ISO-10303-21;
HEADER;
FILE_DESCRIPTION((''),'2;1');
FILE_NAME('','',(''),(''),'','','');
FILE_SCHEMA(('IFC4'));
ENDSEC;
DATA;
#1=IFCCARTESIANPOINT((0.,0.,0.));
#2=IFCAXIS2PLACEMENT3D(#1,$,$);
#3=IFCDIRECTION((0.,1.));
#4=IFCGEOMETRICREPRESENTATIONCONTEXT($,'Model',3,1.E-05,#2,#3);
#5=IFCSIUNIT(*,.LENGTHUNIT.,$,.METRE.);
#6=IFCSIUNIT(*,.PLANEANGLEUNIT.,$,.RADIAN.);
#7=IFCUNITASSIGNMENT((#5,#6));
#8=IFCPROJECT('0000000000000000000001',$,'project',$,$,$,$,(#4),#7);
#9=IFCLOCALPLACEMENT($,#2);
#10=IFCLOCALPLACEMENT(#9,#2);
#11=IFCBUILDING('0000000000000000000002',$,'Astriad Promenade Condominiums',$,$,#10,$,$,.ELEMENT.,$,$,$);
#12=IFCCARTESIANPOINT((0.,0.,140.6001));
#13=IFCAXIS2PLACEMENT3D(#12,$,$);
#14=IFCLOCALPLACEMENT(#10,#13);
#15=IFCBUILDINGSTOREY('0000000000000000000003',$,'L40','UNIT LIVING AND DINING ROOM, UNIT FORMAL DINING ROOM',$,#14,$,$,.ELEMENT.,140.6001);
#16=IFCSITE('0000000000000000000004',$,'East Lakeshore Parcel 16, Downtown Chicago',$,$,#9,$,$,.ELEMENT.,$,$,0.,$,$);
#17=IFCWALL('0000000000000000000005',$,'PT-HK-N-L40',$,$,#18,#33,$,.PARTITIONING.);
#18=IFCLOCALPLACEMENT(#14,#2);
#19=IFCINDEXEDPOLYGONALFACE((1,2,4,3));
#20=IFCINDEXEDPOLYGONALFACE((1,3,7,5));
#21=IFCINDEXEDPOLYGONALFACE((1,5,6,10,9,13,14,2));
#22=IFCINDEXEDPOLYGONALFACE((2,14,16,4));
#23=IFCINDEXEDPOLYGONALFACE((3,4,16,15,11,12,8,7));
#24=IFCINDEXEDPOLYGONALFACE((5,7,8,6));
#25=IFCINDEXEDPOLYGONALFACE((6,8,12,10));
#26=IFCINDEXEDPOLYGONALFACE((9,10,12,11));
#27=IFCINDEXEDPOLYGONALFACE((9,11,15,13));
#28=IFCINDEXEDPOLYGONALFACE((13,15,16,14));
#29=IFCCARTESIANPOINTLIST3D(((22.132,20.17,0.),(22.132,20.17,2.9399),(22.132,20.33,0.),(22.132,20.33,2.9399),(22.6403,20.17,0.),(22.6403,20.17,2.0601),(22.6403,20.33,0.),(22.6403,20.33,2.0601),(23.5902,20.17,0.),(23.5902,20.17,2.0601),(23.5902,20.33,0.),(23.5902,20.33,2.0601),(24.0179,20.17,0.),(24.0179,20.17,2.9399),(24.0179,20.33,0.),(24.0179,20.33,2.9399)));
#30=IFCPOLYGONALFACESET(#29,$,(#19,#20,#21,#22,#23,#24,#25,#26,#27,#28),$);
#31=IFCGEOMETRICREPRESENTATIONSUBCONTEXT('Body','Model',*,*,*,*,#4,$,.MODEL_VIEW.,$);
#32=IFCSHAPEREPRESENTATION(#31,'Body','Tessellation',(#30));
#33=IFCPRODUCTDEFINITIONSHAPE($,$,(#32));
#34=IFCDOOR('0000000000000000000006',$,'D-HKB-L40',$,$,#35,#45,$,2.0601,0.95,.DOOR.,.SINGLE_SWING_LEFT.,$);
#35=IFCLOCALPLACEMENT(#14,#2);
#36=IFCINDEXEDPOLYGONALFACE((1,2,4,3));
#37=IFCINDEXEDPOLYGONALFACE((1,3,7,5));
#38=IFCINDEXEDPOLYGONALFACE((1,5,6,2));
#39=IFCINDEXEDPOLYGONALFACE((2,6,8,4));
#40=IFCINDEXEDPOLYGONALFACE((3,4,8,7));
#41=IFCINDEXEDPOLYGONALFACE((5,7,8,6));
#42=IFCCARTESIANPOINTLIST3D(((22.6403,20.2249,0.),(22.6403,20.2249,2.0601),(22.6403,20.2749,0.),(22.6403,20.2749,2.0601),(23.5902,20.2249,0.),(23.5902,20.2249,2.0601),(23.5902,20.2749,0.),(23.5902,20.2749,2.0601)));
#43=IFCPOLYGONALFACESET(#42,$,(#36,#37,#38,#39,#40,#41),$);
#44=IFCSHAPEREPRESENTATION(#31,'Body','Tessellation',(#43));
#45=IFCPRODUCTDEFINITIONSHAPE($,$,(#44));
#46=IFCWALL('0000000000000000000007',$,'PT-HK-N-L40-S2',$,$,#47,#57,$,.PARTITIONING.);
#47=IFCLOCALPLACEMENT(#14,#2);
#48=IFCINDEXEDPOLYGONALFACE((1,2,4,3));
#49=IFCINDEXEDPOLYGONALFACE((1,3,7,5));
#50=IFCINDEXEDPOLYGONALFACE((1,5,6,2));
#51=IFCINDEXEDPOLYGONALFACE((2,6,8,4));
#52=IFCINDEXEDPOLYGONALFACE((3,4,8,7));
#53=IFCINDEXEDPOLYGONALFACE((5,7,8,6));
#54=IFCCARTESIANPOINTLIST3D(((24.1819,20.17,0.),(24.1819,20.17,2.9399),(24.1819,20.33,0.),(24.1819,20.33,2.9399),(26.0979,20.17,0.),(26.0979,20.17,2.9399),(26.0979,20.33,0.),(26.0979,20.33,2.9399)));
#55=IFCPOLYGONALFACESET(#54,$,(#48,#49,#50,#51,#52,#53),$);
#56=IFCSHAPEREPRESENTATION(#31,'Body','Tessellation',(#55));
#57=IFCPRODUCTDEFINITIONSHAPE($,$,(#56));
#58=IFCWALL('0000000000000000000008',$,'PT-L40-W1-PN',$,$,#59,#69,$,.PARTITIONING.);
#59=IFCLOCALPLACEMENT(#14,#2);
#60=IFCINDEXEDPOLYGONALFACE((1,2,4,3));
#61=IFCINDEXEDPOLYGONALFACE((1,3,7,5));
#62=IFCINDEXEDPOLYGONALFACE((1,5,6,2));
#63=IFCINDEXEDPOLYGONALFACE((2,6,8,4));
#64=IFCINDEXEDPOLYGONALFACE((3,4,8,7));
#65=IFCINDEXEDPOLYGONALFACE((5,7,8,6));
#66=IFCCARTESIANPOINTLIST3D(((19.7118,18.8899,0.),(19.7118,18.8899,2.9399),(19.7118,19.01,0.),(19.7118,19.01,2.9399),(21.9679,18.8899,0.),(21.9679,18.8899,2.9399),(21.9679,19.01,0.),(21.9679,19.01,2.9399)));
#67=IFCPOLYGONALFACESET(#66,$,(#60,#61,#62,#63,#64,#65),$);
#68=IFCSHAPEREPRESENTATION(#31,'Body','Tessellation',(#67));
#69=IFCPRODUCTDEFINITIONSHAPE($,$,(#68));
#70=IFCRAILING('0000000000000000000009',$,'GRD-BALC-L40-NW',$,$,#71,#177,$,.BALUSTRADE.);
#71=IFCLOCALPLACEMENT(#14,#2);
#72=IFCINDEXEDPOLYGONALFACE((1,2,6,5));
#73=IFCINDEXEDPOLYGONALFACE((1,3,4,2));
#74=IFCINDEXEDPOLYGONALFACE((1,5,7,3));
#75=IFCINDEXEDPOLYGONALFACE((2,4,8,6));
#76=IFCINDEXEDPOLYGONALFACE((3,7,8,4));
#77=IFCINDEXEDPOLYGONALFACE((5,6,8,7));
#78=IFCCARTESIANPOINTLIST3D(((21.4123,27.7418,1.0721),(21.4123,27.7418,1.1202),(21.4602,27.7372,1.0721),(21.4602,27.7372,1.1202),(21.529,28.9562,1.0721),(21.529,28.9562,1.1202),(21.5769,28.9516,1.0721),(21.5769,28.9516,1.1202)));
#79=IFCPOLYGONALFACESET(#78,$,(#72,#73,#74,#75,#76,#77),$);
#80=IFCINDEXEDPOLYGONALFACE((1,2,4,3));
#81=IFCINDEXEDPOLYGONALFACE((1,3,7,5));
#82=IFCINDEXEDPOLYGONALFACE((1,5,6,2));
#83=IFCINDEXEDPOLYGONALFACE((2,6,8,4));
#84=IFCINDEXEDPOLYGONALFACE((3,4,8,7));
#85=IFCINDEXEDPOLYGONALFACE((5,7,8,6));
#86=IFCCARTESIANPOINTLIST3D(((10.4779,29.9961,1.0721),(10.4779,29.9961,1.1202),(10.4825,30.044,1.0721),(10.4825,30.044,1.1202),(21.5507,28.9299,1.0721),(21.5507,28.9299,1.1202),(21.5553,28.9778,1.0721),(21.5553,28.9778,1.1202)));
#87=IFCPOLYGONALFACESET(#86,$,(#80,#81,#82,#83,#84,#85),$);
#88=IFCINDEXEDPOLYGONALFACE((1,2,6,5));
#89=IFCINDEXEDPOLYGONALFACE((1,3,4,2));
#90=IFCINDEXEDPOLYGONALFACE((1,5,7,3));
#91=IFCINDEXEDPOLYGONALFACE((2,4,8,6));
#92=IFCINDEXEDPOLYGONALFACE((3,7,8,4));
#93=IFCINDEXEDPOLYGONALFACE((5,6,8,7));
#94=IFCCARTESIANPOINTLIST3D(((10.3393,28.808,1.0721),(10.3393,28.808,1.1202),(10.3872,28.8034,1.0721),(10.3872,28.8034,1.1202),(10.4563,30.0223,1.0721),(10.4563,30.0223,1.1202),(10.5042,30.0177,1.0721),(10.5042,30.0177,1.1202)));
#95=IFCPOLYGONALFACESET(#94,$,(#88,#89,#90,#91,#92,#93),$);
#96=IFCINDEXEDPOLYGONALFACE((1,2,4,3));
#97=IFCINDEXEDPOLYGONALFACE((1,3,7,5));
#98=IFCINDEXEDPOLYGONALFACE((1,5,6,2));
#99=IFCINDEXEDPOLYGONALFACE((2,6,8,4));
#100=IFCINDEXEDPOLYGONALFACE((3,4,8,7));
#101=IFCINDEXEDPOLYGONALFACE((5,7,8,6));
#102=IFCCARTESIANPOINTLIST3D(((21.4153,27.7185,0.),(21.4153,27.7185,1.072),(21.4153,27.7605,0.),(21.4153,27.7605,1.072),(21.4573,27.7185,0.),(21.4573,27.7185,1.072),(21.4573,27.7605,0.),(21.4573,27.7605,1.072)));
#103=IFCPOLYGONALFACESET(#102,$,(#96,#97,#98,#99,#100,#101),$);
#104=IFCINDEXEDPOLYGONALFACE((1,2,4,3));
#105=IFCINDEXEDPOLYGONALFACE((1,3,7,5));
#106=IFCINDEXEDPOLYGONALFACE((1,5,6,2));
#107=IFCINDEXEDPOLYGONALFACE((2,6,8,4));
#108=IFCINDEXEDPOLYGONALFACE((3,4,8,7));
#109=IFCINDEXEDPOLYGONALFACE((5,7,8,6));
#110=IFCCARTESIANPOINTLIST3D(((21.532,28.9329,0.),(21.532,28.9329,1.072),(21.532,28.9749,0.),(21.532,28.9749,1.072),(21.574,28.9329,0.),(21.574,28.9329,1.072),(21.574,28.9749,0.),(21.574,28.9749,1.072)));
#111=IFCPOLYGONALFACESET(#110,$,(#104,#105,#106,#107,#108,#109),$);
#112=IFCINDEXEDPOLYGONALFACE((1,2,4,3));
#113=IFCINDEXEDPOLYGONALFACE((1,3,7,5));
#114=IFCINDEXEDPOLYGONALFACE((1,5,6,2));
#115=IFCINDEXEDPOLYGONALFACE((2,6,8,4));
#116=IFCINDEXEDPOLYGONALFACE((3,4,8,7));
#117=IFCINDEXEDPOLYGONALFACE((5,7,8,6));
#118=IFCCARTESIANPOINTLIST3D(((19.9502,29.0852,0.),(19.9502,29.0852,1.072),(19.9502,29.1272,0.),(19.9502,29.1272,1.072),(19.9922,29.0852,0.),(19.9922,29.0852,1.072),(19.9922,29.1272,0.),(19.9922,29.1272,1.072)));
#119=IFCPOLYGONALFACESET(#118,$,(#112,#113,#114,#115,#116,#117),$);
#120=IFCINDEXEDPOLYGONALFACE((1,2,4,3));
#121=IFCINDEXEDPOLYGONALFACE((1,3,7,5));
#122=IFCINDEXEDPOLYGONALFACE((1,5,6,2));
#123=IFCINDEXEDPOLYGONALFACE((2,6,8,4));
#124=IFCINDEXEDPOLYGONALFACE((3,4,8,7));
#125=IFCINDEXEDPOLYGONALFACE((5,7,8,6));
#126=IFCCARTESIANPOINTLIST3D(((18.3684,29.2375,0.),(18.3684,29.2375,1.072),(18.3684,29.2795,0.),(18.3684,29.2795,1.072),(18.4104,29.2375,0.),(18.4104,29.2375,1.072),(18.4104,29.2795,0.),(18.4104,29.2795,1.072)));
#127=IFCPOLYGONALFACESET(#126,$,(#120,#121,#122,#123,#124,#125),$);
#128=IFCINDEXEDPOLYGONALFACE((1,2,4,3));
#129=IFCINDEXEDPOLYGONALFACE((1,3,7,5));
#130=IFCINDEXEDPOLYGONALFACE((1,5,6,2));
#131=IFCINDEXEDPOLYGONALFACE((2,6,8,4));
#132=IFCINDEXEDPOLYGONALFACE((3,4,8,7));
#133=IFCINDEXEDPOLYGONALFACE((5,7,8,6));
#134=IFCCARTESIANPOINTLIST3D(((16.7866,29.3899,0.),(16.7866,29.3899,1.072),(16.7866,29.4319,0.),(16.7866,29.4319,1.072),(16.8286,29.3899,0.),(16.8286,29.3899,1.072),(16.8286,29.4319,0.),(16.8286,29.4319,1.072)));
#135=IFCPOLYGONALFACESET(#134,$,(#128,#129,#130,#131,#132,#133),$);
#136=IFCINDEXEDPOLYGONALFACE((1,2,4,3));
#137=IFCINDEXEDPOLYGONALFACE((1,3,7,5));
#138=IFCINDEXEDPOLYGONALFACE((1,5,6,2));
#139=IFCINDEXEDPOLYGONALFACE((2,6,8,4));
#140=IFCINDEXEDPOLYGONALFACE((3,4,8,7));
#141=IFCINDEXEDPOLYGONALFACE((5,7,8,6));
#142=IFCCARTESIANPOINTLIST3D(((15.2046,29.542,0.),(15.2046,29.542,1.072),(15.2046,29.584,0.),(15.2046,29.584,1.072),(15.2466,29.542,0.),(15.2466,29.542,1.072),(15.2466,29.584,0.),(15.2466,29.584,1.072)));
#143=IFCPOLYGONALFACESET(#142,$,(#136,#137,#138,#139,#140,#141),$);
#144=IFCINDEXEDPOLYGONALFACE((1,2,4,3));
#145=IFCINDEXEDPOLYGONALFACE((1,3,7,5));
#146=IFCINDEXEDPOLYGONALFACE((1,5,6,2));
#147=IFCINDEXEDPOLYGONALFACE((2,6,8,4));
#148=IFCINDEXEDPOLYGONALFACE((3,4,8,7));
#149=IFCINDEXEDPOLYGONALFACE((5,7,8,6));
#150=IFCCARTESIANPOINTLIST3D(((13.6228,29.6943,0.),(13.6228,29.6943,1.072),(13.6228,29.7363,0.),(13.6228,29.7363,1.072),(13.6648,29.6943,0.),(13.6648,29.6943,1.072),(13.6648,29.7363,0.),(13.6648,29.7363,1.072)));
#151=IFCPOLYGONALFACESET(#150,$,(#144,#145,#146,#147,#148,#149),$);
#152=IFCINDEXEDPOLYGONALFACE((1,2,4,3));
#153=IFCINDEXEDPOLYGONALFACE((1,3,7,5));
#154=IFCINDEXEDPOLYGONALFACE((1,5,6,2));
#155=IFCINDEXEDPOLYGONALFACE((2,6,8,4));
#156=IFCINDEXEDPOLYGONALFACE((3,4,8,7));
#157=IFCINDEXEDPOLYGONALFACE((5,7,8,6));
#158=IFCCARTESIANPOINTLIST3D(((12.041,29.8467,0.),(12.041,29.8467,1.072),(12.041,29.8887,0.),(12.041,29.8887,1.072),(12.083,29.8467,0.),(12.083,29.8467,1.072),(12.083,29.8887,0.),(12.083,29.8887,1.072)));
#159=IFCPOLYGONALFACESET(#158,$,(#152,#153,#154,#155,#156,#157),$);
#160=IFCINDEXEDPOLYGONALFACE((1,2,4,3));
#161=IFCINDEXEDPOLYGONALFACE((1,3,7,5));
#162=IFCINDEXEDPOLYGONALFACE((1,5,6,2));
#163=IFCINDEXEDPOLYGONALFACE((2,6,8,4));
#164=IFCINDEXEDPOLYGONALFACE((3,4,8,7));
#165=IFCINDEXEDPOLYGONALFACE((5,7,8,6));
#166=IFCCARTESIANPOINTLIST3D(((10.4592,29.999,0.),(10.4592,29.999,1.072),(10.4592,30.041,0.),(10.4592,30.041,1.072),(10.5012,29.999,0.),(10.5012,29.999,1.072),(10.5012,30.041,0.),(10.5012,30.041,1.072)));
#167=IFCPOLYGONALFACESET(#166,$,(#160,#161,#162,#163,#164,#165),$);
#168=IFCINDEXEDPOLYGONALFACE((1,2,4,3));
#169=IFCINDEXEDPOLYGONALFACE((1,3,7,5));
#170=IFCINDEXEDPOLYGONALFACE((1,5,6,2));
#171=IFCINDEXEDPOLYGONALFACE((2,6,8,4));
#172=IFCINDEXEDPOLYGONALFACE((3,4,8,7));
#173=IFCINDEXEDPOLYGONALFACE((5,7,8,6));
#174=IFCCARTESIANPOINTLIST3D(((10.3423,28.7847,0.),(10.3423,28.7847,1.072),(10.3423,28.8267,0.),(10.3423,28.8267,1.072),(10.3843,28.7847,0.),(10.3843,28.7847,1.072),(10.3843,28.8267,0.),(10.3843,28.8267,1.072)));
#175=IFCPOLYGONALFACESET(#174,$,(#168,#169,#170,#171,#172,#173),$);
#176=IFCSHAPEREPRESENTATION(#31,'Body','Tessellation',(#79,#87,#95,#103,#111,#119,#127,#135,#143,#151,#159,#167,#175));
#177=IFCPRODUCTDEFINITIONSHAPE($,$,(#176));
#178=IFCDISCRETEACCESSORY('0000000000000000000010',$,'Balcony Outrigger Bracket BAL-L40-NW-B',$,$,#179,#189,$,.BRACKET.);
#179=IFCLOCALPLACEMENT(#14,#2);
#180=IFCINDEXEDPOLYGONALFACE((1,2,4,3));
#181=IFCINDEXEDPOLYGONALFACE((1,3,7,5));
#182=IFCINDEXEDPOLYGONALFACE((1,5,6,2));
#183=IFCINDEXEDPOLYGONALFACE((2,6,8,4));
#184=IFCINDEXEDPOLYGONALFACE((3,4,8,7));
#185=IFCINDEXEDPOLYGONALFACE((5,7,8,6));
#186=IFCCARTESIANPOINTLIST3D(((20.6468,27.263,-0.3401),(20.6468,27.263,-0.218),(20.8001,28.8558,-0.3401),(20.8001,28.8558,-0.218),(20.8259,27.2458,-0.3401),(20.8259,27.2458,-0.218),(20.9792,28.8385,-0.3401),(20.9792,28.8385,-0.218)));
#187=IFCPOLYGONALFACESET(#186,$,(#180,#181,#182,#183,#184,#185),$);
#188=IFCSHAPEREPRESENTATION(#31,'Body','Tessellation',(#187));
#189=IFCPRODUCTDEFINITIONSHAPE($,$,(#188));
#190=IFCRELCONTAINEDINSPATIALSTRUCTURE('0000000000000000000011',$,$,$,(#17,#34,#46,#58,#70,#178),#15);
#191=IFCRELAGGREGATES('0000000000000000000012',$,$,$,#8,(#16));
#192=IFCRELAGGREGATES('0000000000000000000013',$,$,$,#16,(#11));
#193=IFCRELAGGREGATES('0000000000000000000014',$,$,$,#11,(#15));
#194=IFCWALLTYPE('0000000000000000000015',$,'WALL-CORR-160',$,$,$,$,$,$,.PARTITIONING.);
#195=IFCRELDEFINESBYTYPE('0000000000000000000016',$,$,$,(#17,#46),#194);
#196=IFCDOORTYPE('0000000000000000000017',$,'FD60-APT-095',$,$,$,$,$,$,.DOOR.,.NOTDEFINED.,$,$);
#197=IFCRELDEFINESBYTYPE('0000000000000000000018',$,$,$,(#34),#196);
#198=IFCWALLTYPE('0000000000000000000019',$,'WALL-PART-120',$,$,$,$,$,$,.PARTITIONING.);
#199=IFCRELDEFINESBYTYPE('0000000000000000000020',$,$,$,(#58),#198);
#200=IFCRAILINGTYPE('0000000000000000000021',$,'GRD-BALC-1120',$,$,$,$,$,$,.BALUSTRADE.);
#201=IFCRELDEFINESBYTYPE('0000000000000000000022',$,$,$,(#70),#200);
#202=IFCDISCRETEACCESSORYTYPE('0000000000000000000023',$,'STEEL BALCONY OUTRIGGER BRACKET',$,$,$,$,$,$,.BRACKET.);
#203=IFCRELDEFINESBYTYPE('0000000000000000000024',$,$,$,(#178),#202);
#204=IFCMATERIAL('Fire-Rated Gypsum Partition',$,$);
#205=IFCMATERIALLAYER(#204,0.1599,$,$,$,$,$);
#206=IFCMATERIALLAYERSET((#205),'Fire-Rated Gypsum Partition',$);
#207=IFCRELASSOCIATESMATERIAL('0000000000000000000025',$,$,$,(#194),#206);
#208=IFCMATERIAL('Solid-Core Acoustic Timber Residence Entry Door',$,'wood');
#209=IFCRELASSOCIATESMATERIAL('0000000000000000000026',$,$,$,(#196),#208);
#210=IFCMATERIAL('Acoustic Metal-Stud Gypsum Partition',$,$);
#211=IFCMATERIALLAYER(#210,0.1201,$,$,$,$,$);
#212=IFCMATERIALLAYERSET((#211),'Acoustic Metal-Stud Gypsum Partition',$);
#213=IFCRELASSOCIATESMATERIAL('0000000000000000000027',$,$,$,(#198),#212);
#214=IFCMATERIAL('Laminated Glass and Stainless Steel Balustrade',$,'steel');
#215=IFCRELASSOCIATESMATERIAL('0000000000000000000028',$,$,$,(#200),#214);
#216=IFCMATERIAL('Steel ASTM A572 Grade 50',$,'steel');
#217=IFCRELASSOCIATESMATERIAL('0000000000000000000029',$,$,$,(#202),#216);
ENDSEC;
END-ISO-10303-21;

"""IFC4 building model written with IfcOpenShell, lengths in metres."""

from ifc_helpers import new_model, si_unit, direction, frame, frame_2d, origin, origin_2d, place, context, subcontext, project, spatial, rectangle, extrude, source, transform, mapped, material, layer, layer_set, type_object, type_shapes, element, fill, save


model = new_model("IFC4")

# Units and contexts
model_context = context("Model", 3, precision=1e-05, world=origin(), true_north=direction((0.0, 1.0)))
body_context = subcontext(model_context, "Body", "Model", "MODEL_VIEW")
ifc_project = project(units=[si_unit("LENGTHUNIT", "METRE"), si_unit("PLANEANGLEUNIT", "RADIAN")], contexts=[model_context])

# Site, building, storey
site_placement = place(None, origin())
site = spatial("IfcSite", under=ifc_project, at=site_placement, Name="East Lakeshore Parcel 16, Downtown Chicago", CompositionType="ELEMENT", RefElevation=0.0)
building_placement = place(site_placement, origin())
building = spatial("IfcBuilding", under=site, at=building_placement, Name="Astriad Promenade Condominiums", CompositionType="ELEMENT")
storey_placement = place(building_placement, frame((0.0, 0.0, 140.6001)))
storey = spatial("IfcBuildingStorey", under=building, at=storey_placement, Name="L40", Description="UNIT LIVING AND DINING ROOM, UNIT FORMAL DINING ROOM", CompositionType="ELEMENT", Elevation=140.6001)

# Wall, opening, door
ifc_material_1 = material(Name="Fire-Rated Gypsum Partition")
ifc_layer_1 = layer(ifc_material_1, 0.1599)
ifc_layer_set_1 = layer_set([ifc_layer_1], Name="Fire-Rated Gypsum Partition")
wall_type_1 = type_object("IfcWallType", Name="WALL-CORR-160", PredefinedType="PARTITIONING", material=ifc_layer_set_1)
wall_1_placement = place(storey_placement, frame((22.1321, 20.25, 0.0), z_axis=(0.0, 0.0, 1.0), x_axis=(1.0, 0.0, 0.0)))
wall_1 = element("IfcWall", 1, at=wall_1_placement, inside=storey, type_object=wall_type_1, Name="PT-HK-N-L40", PredefinedType="PARTITIONING", context=body_context, shape_type="SweptSolid", body=[
    extrude(rectangle(XDim=1.886, YDim=0.1599, at=frame_2d((0.9429, 0.0))), origin(), (0.0, 0.0, 1.0), 2.9399),
])
opening_1_placement = place(wall_1_placement, frame((0.5081, 0.0, 0.0)))
opening_1 = element("IfcOpeningElement", 2, at=opening_1_placement, cuts=wall_1, PredefinedType="OPENING", context=body_context, shape_type="SweptSolid", body=[
    extrude(rectangle(XDim=0.95, YDim=2.0601, at=frame_2d((0.4751, 1.03))), frame((0.0, 0.0898, 0.0), z_axis=(0.0, -1.0, 0.0), x_axis=(1.0, 0.0, 0.0)), (0.0, 0.0, 1.0), 0.1799),
])
ifc_material_2 = material(Name="Solid-Core Acoustic Timber Residence Entry Door", Category="wood")
door_type_1 = type_object("IfcDoorType", Name="FD60-APT-095", OperationType="NOTDEFINED", PredefinedType="DOOR", material=ifc_material_2)
shared_shape_1 = source(origin(), body_context, "Body", "SweptSolid", [
    extrude(rectangle(XDim=0.95, YDim=2.0601, at=frame_2d((0.4751, 1.03))), frame((0.0, 0.0249, 0.0), z_axis=(0.0, -1.0, 0.0), x_axis=(1.0, 0.0, 0.0)), (0.0, 0.0, 1.0), 0.05),
])
type_shapes(door_type_1, [shared_shape_1])
door_1_placement = place(opening_1_placement, origin())
door_1 = element("IfcDoor", 3, at=door_1_placement, inside=storey, type_object=door_type_1, Name="D-HKB-L40", OperationType="SINGLE_SWING_LEFT", OverallHeight=2.0601, OverallWidth=0.95, PredefinedType="DOOR", context=body_context, shape_type="MappedRepresentation", body=[
    mapped(shared_shape_1, transform((0.0, 0.0, 0.0), scale=1.0)),
])
fill(opening_1, door_1)

# Walls
wall_2_placement = place(storey_placement, frame((24.1819, 20.25, 0.0), z_axis=(0.0, 0.0, 1.0), x_axis=(1.0, 0.0, 0.0)))
element("IfcWall", 4, at=wall_2_placement, inside=storey, type_object=wall_type_1, Name="PT-HK-N-L40-S2", PredefinedType="PARTITIONING", context=body_context, shape_type="SweptSolid", body=[
    extrude(rectangle(XDim=1.916, YDim=0.1599, at=frame_2d((0.958, 0.0))), origin(), (0.0, 0.0, 1.0), 2.9399),
])
ifc_material_3 = material(Name="Acoustic Metal-Stud Gypsum Partition")
ifc_layer_2 = layer(ifc_material_3, 0.1201)
ifc_layer_set_2 = layer_set([ifc_layer_2], Name="Acoustic Metal-Stud Gypsum Partition")
wall_type_2 = type_object("IfcWallType", Name="WALL-PART-120", PredefinedType="PARTITIONING", material=ifc_layer_set_2)
wall_3_placement = place(storey_placement, frame((19.7119, 18.95, 0.0), z_axis=(0.0, 0.0, 1.0), x_axis=(1.0, 0.0, 0.0)))
element("IfcWall", 5, at=wall_3_placement, inside=storey, type_object=wall_type_2, Name="PT-L40-W1-PN", PredefinedType="PARTITIONING", context=body_context, shape_type="SweptSolid", body=[
    extrude(rectangle(XDim=2.2561, YDim=0.1201, at=frame_2d((1.1279, 0.0))), origin(), (0.0, 0.0, 1.0), 2.9399),
])

# Railing
ifc_material_4 = material(Name="Laminated Glass and Stainless Steel Balustrade", Category="steel")
railing_type = type_object("IfcRailingType", Name="GRD-BALC-1120", PredefinedType="BALUSTRADE", material=ifc_material_4)
shared_shape_2 = source(origin(), body_context, "Body", "SweptSolid", [
    extrude(rectangle(XDim=0.0481, YDim=0.0481, at=origin_2d()), frame((0.0, 0.0, 1.0962), z_axis=(0.095659, 0.995414, 0.0), x_axis=(-0.995414, 0.095659, 0.0)), (0.0, 0.0, 1.0), 1.22),
    extrude(rectangle(XDim=0.0481, YDim=0.0481, at=origin_2d()), frame((0.1167, 1.2144, 1.0962), z_axis=(-0.995396, 0.095844, 0.0), x_axis=(-0.095844, -0.995396, 0.0)), (0.0, 0.0, 1.0), 11.124),
    extrude(rectangle(XDim=0.0481, YDim=0.0481, at=origin_2d()), frame((-10.9561, 2.2805, 1.0962), z_axis=(-0.095857, -0.995395, 0.0), x_axis=(0.995395, -0.095857, 0.0)), (0.0, 0.0, 1.0), 1.22),
    extrude(rectangle(XDim=0.042, YDim=0.042, at=origin_2d()), origin(), (0.0, 0.0, 1.0), 1.072),
    extrude(rectangle(XDim=0.042, YDim=0.042, at=origin_2d()), frame((0.1167, 1.2144, 0.0)), (0.0, 0.0, 1.0), 1.072),
    extrude(rectangle(XDim=0.042, YDim=0.042, at=origin_2d()), frame((-1.4651, 1.3667, 0.0)), (0.0, 0.0, 1.0), 1.072),
    extrude(rectangle(XDim=0.042, YDim=0.042, at=origin_2d()), frame((-3.0469, 1.519, 0.0)), (0.0, 0.0, 1.0), 1.072),
    extrude(rectangle(XDim=0.042, YDim=0.042, at=origin_2d()), frame((-4.6287, 1.6714, 0.0)), (0.0, 0.0, 1.0), 1.072),
    extrude(rectangle(XDim=0.042, YDim=0.042, at=origin_2d()), frame((-6.2107, 1.8235, 0.0)), (0.0, 0.0, 1.0), 1.072),
    extrude(rectangle(XDim=0.042, YDim=0.042, at=origin_2d()), frame((-7.7925, 1.9758, 0.0)), (0.0, 0.0, 1.0), 1.072),
    extrude(rectangle(XDim=0.042, YDim=0.042, at=origin_2d()), frame((-9.3743, 2.1282, 0.0)), (0.0, 0.0, 1.0), 1.072),
    extrude(rectangle(XDim=0.042, YDim=0.042, at=origin_2d()), frame((-10.9561, 2.2805, 0.0)), (0.0, 0.0, 1.0), 1.072),
    extrude(rectangle(XDim=0.042, YDim=0.042, at=origin_2d()), frame((-11.073, 1.0662, 0.0)), (0.0, 0.0, 1.0), 1.072),
])
type_shapes(railing_type, [shared_shape_2])
railing_placement = place(storey_placement, frame((21.4363, 27.7395, 0.0)))
element("IfcRailing", 6, at=railing_placement, inside=storey, type_object=railing_type, Name="GRD-BALC-L40-NW", PredefinedType="BALUSTRADE", context=body_context, shape_type="MappedRepresentation", body=[
    mapped(shared_shape_2, transform((0.0, 0.0, 0.0), scale=1.0)),
])

# Discrete accessory
ifc_material_5 = material(Name="Steel ASTM A572 Grade 50", Category="steel")
discrete_accessory_type = type_object("IfcDiscreteAccessoryType", Name="STEEL BALCONY OUTRIGGER BRACKET", PredefinedType="BRACKET", material=ifc_material_5)
shared_shape_3 = source(origin(), body_context, "Body", "SweptSolid", [
    extrude(rectangle(XDim=1.6001, YDim=0.1799, at=origin_2d()), origin(), (0.0, 0.0, 1.0), 0.1221),
])
type_shapes(discrete_accessory_type, [shared_shape_3])
discrete_accessory_placement = place(storey_placement, frame((20.813, 28.0508, -0.3401), z_axis=(0.0, 0.0, 1.0), x_axis=(0.095846, 0.995396, 0.0)))
element("IfcDiscreteAccessory", 7, at=discrete_accessory_placement, inside=storey, type_object=discrete_accessory_type, Name="Balcony Outrigger Bracket BAL-L40-NW-B", PredefinedType="BRACKET", context=body_context, shape_type="MappedRepresentation", body=[
    mapped(shared_shape_3, transform((0.0, 0.0, 0.0), scale=1.0)),
])

save(model, "model.ifc")
